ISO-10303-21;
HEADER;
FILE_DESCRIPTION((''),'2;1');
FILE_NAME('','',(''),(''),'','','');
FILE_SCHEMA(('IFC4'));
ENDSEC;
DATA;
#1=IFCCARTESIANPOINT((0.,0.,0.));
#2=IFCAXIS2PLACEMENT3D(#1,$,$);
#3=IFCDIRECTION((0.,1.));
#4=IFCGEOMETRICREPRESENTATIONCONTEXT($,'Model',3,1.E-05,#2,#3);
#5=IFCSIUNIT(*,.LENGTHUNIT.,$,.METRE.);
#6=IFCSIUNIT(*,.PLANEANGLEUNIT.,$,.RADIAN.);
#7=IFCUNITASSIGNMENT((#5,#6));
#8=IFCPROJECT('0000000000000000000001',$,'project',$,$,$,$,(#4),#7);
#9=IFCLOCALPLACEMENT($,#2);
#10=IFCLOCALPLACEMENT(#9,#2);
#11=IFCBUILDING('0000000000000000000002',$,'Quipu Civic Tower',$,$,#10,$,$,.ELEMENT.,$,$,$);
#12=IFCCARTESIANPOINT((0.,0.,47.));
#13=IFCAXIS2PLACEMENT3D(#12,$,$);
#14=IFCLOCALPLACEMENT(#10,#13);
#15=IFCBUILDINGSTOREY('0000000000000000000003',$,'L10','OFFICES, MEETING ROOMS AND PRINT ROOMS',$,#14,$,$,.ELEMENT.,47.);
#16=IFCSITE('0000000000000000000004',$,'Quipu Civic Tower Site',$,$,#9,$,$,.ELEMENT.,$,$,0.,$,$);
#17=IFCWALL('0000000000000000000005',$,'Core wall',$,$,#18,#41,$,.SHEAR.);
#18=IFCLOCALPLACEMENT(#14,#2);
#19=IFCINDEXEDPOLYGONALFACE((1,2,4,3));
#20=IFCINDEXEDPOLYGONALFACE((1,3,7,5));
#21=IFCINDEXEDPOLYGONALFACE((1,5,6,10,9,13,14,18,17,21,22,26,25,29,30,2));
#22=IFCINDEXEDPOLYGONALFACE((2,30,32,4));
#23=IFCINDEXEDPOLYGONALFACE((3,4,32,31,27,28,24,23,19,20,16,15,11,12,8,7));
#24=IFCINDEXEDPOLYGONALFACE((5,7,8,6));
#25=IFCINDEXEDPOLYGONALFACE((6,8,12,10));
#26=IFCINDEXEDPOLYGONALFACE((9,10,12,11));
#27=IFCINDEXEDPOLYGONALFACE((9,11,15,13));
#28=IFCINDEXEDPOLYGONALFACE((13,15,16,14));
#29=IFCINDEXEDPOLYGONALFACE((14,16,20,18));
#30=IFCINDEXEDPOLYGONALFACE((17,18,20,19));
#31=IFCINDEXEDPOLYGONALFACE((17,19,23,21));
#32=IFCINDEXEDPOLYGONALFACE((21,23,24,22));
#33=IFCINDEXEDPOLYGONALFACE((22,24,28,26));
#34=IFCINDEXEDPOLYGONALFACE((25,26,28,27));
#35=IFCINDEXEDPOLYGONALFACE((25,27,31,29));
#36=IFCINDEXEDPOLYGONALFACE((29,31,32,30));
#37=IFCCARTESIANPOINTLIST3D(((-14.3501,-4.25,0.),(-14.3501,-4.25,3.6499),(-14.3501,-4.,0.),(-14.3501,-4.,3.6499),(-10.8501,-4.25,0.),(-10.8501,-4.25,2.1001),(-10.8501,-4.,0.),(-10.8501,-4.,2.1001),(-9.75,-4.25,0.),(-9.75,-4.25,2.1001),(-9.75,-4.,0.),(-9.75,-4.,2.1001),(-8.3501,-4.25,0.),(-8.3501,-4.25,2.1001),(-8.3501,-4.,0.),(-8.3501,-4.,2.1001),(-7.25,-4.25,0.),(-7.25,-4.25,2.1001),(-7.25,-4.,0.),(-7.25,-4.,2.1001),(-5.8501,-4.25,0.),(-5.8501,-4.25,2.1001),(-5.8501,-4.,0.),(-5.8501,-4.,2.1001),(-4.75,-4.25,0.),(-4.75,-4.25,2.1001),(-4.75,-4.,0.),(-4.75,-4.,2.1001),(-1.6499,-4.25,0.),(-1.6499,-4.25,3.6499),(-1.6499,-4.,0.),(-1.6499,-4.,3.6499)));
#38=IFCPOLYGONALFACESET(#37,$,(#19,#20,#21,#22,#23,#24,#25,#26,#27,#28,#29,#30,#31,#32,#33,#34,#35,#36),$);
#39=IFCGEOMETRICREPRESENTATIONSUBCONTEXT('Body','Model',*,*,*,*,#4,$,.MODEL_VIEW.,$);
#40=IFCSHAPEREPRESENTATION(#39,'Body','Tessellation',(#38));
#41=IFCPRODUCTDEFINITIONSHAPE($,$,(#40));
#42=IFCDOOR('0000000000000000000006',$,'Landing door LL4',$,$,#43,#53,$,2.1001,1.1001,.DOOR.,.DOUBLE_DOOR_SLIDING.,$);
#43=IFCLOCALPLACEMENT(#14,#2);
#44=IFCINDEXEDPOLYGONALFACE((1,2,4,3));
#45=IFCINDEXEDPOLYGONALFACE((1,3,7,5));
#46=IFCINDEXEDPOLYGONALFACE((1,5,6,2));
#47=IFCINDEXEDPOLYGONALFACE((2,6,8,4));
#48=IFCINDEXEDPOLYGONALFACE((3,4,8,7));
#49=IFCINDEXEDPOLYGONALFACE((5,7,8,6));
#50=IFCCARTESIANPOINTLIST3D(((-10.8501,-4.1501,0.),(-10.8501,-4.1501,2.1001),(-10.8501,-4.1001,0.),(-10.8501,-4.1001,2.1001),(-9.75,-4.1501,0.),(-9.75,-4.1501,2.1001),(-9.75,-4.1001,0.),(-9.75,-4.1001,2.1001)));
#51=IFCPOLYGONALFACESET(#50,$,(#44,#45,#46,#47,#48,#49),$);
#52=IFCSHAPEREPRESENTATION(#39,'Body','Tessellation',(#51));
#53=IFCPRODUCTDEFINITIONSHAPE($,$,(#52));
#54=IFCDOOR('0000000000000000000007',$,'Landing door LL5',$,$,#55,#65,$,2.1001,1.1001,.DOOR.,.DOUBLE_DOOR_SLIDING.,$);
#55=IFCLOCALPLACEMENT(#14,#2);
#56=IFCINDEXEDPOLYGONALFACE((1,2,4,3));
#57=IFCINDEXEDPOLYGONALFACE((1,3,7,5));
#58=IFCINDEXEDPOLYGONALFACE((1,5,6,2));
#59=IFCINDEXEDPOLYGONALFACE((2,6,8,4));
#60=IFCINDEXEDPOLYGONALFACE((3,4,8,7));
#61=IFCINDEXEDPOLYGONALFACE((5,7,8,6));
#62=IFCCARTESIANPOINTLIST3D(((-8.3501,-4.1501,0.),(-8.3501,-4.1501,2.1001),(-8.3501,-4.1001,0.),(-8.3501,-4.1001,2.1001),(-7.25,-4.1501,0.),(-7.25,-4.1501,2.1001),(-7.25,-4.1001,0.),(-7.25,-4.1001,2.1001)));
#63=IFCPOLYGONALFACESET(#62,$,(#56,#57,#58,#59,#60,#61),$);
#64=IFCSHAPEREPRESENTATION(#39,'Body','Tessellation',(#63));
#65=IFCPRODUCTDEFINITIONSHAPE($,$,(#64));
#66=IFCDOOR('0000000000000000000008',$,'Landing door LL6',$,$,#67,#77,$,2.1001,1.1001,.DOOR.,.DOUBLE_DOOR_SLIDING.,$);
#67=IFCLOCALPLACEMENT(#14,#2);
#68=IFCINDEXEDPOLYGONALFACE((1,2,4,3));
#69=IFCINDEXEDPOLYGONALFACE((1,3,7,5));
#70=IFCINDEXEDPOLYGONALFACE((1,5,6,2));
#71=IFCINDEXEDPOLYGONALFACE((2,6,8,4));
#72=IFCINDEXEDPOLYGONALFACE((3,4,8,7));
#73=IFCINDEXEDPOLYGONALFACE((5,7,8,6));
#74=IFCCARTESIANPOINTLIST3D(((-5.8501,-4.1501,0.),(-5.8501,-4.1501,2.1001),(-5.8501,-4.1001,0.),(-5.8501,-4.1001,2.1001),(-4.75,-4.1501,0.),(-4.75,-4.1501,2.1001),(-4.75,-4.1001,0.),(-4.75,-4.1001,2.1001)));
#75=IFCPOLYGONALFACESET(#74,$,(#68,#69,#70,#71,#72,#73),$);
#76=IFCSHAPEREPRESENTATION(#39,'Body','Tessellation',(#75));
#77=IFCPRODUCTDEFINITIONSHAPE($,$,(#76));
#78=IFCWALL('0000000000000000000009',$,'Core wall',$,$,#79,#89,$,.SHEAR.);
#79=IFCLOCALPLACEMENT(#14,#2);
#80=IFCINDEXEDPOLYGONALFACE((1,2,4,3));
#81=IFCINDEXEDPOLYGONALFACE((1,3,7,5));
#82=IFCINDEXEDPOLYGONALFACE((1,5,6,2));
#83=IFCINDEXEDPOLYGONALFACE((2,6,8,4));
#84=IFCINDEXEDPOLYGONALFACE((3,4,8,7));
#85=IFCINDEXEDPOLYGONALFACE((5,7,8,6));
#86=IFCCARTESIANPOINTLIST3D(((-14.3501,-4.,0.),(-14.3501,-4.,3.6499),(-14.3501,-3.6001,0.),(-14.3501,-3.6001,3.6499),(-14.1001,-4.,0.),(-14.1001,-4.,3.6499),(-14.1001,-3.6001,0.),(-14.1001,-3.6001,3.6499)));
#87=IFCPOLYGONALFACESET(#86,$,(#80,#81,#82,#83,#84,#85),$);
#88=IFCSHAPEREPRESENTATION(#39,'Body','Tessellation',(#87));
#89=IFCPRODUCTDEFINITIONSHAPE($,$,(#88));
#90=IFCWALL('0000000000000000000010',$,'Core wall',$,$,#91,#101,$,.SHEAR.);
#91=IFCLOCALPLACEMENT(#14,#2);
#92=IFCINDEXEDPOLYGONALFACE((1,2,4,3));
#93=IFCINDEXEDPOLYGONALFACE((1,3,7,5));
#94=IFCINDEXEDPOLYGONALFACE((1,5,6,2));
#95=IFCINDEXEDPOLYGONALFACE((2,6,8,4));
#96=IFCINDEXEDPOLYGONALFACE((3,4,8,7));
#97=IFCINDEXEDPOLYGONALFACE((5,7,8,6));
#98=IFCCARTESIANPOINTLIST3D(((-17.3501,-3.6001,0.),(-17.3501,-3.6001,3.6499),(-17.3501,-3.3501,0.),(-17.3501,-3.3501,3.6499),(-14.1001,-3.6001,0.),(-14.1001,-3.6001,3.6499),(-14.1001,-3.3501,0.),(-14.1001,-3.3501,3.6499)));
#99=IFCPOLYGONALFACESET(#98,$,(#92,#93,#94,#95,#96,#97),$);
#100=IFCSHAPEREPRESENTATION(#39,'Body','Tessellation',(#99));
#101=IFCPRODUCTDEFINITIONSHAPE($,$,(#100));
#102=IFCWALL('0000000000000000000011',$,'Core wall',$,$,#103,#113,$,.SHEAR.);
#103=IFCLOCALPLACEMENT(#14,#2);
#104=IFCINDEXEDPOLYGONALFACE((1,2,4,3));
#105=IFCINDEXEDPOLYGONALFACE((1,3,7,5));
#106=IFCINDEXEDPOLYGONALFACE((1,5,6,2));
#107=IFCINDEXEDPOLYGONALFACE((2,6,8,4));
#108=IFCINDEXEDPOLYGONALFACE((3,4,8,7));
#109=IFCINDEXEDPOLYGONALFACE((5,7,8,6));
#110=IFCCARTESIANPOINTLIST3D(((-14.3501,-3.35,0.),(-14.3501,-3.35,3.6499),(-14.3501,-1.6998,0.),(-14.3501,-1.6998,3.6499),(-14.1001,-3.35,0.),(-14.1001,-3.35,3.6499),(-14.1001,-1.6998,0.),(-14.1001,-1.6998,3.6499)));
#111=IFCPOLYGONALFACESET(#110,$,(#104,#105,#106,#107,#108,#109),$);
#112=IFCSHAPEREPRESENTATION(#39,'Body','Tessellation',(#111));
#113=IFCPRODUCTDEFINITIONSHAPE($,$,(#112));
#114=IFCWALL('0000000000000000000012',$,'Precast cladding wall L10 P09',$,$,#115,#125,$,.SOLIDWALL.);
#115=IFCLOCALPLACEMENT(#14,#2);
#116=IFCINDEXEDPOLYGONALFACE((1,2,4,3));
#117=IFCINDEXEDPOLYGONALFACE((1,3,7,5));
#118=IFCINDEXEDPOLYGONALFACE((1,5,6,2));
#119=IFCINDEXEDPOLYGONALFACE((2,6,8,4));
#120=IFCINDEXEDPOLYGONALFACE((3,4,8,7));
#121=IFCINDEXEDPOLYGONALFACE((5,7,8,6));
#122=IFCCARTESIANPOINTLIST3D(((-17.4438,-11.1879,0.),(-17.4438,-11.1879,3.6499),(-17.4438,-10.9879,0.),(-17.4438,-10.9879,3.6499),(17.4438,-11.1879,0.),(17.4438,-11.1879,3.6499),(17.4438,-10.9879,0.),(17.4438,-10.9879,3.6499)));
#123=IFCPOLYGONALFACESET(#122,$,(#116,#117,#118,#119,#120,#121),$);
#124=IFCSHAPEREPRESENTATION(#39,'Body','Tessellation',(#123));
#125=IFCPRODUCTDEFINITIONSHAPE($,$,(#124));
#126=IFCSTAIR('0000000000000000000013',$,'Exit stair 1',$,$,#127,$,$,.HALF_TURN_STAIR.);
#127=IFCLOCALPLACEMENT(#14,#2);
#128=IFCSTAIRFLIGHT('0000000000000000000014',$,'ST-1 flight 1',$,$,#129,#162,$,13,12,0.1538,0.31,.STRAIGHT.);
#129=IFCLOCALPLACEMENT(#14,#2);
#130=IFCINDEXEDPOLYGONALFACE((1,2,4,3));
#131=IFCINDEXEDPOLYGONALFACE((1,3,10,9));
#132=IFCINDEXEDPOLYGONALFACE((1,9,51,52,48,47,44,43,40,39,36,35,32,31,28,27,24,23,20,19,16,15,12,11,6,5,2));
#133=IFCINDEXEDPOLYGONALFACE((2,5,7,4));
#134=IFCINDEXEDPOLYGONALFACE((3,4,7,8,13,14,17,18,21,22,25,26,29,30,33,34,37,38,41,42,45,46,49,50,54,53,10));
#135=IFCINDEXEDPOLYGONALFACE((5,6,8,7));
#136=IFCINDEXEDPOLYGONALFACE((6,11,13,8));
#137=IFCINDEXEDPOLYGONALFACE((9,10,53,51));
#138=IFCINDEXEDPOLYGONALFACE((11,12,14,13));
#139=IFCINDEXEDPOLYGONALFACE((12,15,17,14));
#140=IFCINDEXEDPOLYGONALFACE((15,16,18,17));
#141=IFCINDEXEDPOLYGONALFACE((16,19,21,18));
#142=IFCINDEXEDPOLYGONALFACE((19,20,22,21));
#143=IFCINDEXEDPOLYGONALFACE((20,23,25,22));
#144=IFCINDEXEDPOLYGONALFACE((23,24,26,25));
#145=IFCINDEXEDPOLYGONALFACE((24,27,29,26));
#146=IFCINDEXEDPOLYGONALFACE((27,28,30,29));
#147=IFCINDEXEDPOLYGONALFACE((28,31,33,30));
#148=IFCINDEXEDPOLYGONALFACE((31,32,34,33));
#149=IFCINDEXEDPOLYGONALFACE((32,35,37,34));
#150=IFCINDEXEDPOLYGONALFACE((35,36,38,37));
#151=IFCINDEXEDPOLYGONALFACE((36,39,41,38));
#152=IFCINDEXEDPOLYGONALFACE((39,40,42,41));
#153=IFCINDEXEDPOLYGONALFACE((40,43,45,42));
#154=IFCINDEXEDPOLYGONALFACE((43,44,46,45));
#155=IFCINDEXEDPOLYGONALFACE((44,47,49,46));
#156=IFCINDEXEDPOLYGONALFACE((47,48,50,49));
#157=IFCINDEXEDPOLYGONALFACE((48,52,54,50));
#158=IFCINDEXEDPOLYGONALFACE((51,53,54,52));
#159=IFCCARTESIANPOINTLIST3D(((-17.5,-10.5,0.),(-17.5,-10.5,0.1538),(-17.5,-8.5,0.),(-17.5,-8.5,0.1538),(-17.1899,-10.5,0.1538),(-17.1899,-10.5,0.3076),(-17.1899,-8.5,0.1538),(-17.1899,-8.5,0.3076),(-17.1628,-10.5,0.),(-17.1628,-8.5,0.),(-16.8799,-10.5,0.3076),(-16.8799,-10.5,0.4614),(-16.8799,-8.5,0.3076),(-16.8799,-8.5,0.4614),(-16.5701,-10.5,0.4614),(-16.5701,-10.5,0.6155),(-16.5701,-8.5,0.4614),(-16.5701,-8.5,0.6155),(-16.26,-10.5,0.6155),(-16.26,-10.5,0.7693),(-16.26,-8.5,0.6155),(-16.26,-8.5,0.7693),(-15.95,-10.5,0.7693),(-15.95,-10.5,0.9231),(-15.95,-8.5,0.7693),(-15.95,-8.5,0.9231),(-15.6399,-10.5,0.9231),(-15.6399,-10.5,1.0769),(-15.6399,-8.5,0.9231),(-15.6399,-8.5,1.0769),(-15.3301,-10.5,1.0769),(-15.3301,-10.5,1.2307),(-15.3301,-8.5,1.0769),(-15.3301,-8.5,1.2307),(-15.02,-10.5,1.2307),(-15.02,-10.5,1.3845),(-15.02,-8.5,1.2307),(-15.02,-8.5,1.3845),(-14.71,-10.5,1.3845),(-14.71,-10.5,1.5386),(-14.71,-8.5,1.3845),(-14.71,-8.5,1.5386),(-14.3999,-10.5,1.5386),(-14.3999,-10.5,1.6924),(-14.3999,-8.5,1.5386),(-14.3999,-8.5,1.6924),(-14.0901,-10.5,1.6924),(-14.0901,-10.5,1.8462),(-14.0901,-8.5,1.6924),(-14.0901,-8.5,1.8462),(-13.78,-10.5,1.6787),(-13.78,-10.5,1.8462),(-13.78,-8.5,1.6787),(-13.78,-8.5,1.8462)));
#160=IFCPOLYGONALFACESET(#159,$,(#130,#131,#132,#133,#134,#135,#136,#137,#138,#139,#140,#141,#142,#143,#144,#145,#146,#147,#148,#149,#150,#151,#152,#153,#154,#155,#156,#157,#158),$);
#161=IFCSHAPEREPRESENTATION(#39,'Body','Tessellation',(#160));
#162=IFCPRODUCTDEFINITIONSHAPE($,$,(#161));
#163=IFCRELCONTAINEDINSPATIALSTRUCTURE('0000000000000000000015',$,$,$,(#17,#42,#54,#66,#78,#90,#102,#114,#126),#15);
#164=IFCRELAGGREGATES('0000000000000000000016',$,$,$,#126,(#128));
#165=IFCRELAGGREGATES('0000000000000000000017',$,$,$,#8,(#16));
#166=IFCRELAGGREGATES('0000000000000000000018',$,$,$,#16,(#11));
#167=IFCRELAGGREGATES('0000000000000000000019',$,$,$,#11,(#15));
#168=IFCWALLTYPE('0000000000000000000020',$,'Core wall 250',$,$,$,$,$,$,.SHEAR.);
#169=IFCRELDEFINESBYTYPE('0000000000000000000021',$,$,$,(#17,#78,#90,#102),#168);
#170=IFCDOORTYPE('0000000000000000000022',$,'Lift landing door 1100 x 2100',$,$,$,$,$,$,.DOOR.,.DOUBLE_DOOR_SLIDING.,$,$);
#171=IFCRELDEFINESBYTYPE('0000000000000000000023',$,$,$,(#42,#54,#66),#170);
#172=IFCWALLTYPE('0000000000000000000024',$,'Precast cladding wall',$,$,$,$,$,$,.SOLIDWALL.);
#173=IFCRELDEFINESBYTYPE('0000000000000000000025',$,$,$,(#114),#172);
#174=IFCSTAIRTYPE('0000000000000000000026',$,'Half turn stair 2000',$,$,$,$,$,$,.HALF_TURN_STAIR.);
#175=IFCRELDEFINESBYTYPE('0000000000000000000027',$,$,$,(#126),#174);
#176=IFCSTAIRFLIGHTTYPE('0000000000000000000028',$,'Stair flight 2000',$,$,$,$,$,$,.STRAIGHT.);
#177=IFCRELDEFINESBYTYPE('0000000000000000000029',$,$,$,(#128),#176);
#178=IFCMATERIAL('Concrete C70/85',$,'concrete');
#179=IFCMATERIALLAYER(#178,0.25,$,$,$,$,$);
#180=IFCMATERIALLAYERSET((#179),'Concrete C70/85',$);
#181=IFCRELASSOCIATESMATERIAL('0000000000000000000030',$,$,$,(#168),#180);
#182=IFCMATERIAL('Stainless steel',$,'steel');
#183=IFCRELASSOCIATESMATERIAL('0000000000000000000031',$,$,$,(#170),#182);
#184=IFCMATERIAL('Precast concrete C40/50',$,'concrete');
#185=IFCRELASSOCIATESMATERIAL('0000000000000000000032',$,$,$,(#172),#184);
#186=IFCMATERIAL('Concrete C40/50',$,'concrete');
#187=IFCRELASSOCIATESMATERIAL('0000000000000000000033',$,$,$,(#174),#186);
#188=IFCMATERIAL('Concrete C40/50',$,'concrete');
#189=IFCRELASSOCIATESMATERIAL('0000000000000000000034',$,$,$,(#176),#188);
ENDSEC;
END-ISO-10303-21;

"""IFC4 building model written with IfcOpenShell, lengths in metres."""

from ifc_helpers import new_model, si_unit, direction, frame, frame_2d, origin, place, context, subcontext, project, spatial, polyline, rectangle, outline, extrude, material, layer, layer_set, type_object, element, fill, aggregate, save


model = new_model("IFC4")

# Units and contexts
model_context = context("Model", 3, precision=1e-05, world=origin(), true_north=direction((0.0, 1.0)))
body_context = subcontext(model_context, "Body", "Model", "MODEL_VIEW")
ifc_project = project(units=[si_unit("LENGTHUNIT", "METRE"), si_unit("PLANEANGLEUNIT", "RADIAN")], contexts=[model_context])

# Site, building, storey
site_placement = place(None, origin())
site = spatial("IfcSite", under=ifc_project, at=site_placement, Name="Quipu Civic Tower Site", CompositionType="ELEMENT", RefElevation=0.0)
building_placement = place(site_placement, origin())
building = spatial("IfcBuilding", under=site, at=building_placement, Name="Quipu Civic Tower", CompositionType="ELEMENT")
storey_placement = place(building_placement, frame((0.0, 0.0, 47.0)))
storey = spatial("IfcBuildingStorey", under=building, at=storey_placement, Name="L10", Description="OFFICES, MEETING ROOMS AND PRINT ROOMS", CompositionType="ELEMENT", Elevation=47.0)

# Shared definitions
ifc_material_1 = material(Name="Concrete C70/85", Category="concrete")
ifc_layer = layer(ifc_material_1, 0.25)
ifc_layer_set = layer_set([ifc_layer], Name="Concrete C70/85")
wall_type_1 = type_object("IfcWallType", Name="Core wall 250", PredefinedType="SHEAR", material=ifc_layer_set)

# Wall, openings, doors
wall_1_placement = place(storey_placement, frame((-14.3501, -4.125, 0.0), z_axis=(0.0, 0.0, 1.0), x_axis=(1.0, 0.0, 0.0)))
wall_1 = element("IfcWall", 1, at=wall_1_placement, inside=storey, type_object=wall_type_1, Name="Core wall", PredefinedType="SHEAR", context=body_context, shape_type="SweptSolid", body=[
    extrude(rectangle(XDim=12.7002, YDim=0.25, at=frame_2d((6.3501, 0.0))), origin(), (0.0, 0.0, 1.0), 3.6499),
])
opening_1_placement = place(wall_1_placement, frame((3.5, 0.0, 0.0)))
opening_1 = element("IfcOpeningElement", 2, at=opening_1_placement, cuts=wall_1, PredefinedType="OPENING", context=body_context, shape_type="SweptSolid", body=[
    extrude(rectangle(XDim=1.1001, YDim=2.1001, at=frame_2d((0.55, 1.05))), frame((0.0, 0.135, 0.0), z_axis=(0.0, -1.0, 0.0), x_axis=(1.0, 0.0, 0.0)), (0.0, 0.0, 1.0), 0.27),
])
opening_2_placement = place(wall_1_placement, frame((6.0, 0.0, 0.0)))
opening_2 = element("IfcOpeningElement", 3, at=opening_2_placement, cuts=wall_1, PredefinedType="OPENING", context=body_context, shape_type="SweptSolid", body=[
    extrude(rectangle(XDim=1.1001, YDim=2.1001, at=frame_2d((0.55, 1.05))), frame((0.0, 0.135, 0.0), z_axis=(0.0, -1.0, 0.0), x_axis=(1.0, 0.0, 0.0)), (0.0, 0.0, 1.0), 0.27),
])
opening_3_placement = place(wall_1_placement, frame((8.5, 0.0, 0.0)))
opening_3 = element("IfcOpeningElement", 4, at=opening_3_placement, cuts=wall_1, PredefinedType="OPENING", context=body_context, shape_type="SweptSolid", body=[
    extrude(rectangle(XDim=1.1001, YDim=2.1001, at=frame_2d((0.55, 1.05))), frame((0.0, 0.135, 0.0), z_axis=(0.0, -1.0, 0.0), x_axis=(1.0, 0.0, 0.0)), (0.0, 0.0, 1.0), 0.27),
])
ifc_material_2 = material(Name="Stainless steel", Category="steel")
door_type_1 = type_object("IfcDoorType", Name="Lift landing door 1100 x 2100", OperationType="DOUBLE_DOOR_SLIDING", PredefinedType="DOOR", material=ifc_material_2)
door_1_placement = place(opening_1_placement, origin())
door_1 = element("IfcDoor", 5, at=door_1_placement, inside=storey, type_object=door_type_1, Name="Landing door LL4", OperationType="DOUBLE_DOOR_SLIDING", OverallHeight=2.1001, OverallWidth=1.1001, PredefinedType="DOOR", context=body_context, shape_type="SweptSolid", body=[
    extrude(rectangle(XDim=1.1001, YDim=2.1001, at=frame_2d((0.55, 1.05))), frame((0.0, 0.0249, 0.0), z_axis=(0.0, -1.0, 0.0), x_axis=(1.0, 0.0, 0.0)), (0.0, 0.0, 1.0), 0.05),
])
fill(opening_1, door_1)
door_2_placement = place(opening_2_placement, origin())
door_2 = element("IfcDoor", 6, at=door_2_placement, inside=storey, type_object=door_type_1, Name="Landing door LL5", OperationType="DOUBLE_DOOR_SLIDING", OverallHeight=2.1001, OverallWidth=1.1001, PredefinedType="DOOR", context=body_context, shape_type="SweptSolid", body=[
    extrude(rectangle(XDim=1.1001, YDim=2.1001, at=frame_2d((0.55, 1.05))), frame((0.0, 0.0249, 0.0), z_axis=(0.0, -1.0, 0.0), x_axis=(1.0, 0.0, 0.0)), (0.0, 0.0, 1.0), 0.05),
])
fill(opening_2, door_2)
door_3_placement = place(opening_3_placement, origin())
door_3 = element("IfcDoor", 7, at=door_3_placement, inside=storey, type_object=door_type_1, Name="Landing door LL6", OperationType="DOUBLE_DOOR_SLIDING", OverallHeight=2.1001, OverallWidth=1.1001, PredefinedType="DOOR", context=body_context, shape_type="SweptSolid", body=[
    extrude(rectangle(XDim=1.1001, YDim=2.1001, at=frame_2d((0.55, 1.05))), frame((0.0, 0.0249, 0.0), z_axis=(0.0, -1.0, 0.0), x_axis=(1.0, 0.0, 0.0)), (0.0, 0.0, 1.0), 0.05),
])
fill(opening_3, door_3)

# Walls
wall_2_placement = place(storey_placement, frame((-14.2251, -4.0, 0.0), z_axis=(0.0, 0.0, 1.0), x_axis=(0.0, 1.0, 0.0)))
element("IfcWall", 8, at=wall_2_placement, inside=storey, type_object=wall_type_1, Name="Core wall", PredefinedType="SHEAR", context=body_context, shape_type="SweptSolid", body=[
    extrude(rectangle(XDim=0.3999, YDim=0.25, at=frame_2d((0.2, 0.0))), origin(), (0.0, 0.0, 1.0), 3.6499),
])
wall_3_placement = place(storey_placement, frame((-17.3501, -3.4751, 0.0), z_axis=(0.0, 0.0, 1.0), x_axis=(1.0, 0.0, 0.0)))
element("IfcWall", 9, at=wall_3_placement, inside=storey, type_object=wall_type_1, Name="Core wall", PredefinedType="SHEAR", context=body_context, shape_type="SweptSolid", body=[
    extrude(rectangle(XDim=3.25, YDim=0.25, at=frame_2d((1.625, 0.0))), origin(), (0.0, 0.0, 1.0), 3.6499),
])
wall_4_placement = place(storey_placement, frame((-14.2251, -3.3501, 0.0), z_axis=(0.0, 0.0, 1.0), x_axis=(0.0, 1.0, 0.0)))
element("IfcWall", 10, at=wall_4_placement, inside=storey, type_object=wall_type_1, Name="Core wall", PredefinedType="SHEAR", context=body_context, shape_type="SweptSolid", body=[
    extrude(rectangle(XDim=1.6501, YDim=0.25, at=frame_2d((0.8252, 0.0))), origin(), (0.0, 0.0, 1.0), 3.6499),
])
ifc_material_3 = material(Name="Precast concrete C40/50", Category="concrete")
wall_type_2 = type_object("IfcWallType", Name="Precast cladding wall", PredefinedType="SOLIDWALL", material=ifc_material_3)
wall_5_placement = place(storey_placement, frame((-17.4438, -11.0879, 0.0), z_axis=(0.0, 0.0, 1.0), x_axis=(1.0, 0.0, 0.0)))
element("IfcWall", 11, at=wall_5_placement, inside=storey, type_object=wall_type_2, Name="Precast cladding wall L10 P09", PredefinedType="SOLIDWALL", context=body_context, shape_type="SweptSolid", body=[
    extrude(rectangle(XDim=34.8877, YDim=0.2, at=frame_2d((17.4438, 0.0))), origin(), (0.0, 0.0, 1.0), 3.6499),
])

# Stair, stair flight
ifc_material_4 = material(Name="Concrete C40/50", Category="concrete")
stair_type = type_object("IfcStairType", Name="Half turn stair 2000", PredefinedType="HALF_TURN_STAIR", material=ifc_material_4)
stair_placement = place(storey_placement, origin())
stair = element("IfcStair", 12, at=stair_placement, inside=storey, type_object=stair_type, Name="Exit stair 1", PredefinedType="HALF_TURN_STAIR")
ifc_material_5 = material(Name="Concrete C40/50", Category="concrete")
stair_flight_type = type_object("IfcStairFlightType", Name="Stair flight 2000", PredefinedType="STRAIGHT", material=ifc_material_5)
stair_flight_1_placement = place(storey_placement, frame((-17.5, -9.5, 0.0), z_axis=(0.0, 0.0, 1.0), x_axis=(1.0, 0.0, 0.0)))
stair_flight_1 = element("IfcStairFlight", 13, at=stair_flight_1_placement, type_object=stair_flight_type, Name="ST-1 flight 1", NumberOfRisers=13, NumberOfTreads=12, PredefinedType="STRAIGHT", RiserHeight=0.1538, TreadLength=0.31, context=body_context, shape_type="SweptSolid", body=[
    extrude(outline(polyline([(0.0, 0.0), (0.0, 0.1538), (0.3101, 0.1538), (0.3101, 0.3076), (0.6201, 0.3076), (0.6201, 0.4614), (0.9299, 0.4614), (0.9299, 0.6155), (1.24, 0.6155), (1.24, 0.7693), (1.55, 0.7693), (1.55, 0.9231), (1.8601, 0.9231), (1.8601, 1.0769), (2.1699, 1.0769), (2.1699, 1.2307), (2.48, 1.2307), (2.48, 1.3845), (2.79, 1.3845), (2.79, 1.5386), (3.1001, 1.5386), (3.1001, 1.6924), (3.4099, 1.6924), (3.4099, 1.8462), (3.72, 1.8462), (3.72, 2.0), (3.72, 1.6787), (0.3372, 0.0), (0.0, 0.0)])), frame((0.0, 1.0, 0.0), z_axis=(0.0, -1.0, 0.0), x_axis=(1.0, 0.0, 0.0)), (0.0, 0.0, 1.0), 2.0),
])
aggregate(stair, [stair_flight_1])

save(model, "model.ifc")
